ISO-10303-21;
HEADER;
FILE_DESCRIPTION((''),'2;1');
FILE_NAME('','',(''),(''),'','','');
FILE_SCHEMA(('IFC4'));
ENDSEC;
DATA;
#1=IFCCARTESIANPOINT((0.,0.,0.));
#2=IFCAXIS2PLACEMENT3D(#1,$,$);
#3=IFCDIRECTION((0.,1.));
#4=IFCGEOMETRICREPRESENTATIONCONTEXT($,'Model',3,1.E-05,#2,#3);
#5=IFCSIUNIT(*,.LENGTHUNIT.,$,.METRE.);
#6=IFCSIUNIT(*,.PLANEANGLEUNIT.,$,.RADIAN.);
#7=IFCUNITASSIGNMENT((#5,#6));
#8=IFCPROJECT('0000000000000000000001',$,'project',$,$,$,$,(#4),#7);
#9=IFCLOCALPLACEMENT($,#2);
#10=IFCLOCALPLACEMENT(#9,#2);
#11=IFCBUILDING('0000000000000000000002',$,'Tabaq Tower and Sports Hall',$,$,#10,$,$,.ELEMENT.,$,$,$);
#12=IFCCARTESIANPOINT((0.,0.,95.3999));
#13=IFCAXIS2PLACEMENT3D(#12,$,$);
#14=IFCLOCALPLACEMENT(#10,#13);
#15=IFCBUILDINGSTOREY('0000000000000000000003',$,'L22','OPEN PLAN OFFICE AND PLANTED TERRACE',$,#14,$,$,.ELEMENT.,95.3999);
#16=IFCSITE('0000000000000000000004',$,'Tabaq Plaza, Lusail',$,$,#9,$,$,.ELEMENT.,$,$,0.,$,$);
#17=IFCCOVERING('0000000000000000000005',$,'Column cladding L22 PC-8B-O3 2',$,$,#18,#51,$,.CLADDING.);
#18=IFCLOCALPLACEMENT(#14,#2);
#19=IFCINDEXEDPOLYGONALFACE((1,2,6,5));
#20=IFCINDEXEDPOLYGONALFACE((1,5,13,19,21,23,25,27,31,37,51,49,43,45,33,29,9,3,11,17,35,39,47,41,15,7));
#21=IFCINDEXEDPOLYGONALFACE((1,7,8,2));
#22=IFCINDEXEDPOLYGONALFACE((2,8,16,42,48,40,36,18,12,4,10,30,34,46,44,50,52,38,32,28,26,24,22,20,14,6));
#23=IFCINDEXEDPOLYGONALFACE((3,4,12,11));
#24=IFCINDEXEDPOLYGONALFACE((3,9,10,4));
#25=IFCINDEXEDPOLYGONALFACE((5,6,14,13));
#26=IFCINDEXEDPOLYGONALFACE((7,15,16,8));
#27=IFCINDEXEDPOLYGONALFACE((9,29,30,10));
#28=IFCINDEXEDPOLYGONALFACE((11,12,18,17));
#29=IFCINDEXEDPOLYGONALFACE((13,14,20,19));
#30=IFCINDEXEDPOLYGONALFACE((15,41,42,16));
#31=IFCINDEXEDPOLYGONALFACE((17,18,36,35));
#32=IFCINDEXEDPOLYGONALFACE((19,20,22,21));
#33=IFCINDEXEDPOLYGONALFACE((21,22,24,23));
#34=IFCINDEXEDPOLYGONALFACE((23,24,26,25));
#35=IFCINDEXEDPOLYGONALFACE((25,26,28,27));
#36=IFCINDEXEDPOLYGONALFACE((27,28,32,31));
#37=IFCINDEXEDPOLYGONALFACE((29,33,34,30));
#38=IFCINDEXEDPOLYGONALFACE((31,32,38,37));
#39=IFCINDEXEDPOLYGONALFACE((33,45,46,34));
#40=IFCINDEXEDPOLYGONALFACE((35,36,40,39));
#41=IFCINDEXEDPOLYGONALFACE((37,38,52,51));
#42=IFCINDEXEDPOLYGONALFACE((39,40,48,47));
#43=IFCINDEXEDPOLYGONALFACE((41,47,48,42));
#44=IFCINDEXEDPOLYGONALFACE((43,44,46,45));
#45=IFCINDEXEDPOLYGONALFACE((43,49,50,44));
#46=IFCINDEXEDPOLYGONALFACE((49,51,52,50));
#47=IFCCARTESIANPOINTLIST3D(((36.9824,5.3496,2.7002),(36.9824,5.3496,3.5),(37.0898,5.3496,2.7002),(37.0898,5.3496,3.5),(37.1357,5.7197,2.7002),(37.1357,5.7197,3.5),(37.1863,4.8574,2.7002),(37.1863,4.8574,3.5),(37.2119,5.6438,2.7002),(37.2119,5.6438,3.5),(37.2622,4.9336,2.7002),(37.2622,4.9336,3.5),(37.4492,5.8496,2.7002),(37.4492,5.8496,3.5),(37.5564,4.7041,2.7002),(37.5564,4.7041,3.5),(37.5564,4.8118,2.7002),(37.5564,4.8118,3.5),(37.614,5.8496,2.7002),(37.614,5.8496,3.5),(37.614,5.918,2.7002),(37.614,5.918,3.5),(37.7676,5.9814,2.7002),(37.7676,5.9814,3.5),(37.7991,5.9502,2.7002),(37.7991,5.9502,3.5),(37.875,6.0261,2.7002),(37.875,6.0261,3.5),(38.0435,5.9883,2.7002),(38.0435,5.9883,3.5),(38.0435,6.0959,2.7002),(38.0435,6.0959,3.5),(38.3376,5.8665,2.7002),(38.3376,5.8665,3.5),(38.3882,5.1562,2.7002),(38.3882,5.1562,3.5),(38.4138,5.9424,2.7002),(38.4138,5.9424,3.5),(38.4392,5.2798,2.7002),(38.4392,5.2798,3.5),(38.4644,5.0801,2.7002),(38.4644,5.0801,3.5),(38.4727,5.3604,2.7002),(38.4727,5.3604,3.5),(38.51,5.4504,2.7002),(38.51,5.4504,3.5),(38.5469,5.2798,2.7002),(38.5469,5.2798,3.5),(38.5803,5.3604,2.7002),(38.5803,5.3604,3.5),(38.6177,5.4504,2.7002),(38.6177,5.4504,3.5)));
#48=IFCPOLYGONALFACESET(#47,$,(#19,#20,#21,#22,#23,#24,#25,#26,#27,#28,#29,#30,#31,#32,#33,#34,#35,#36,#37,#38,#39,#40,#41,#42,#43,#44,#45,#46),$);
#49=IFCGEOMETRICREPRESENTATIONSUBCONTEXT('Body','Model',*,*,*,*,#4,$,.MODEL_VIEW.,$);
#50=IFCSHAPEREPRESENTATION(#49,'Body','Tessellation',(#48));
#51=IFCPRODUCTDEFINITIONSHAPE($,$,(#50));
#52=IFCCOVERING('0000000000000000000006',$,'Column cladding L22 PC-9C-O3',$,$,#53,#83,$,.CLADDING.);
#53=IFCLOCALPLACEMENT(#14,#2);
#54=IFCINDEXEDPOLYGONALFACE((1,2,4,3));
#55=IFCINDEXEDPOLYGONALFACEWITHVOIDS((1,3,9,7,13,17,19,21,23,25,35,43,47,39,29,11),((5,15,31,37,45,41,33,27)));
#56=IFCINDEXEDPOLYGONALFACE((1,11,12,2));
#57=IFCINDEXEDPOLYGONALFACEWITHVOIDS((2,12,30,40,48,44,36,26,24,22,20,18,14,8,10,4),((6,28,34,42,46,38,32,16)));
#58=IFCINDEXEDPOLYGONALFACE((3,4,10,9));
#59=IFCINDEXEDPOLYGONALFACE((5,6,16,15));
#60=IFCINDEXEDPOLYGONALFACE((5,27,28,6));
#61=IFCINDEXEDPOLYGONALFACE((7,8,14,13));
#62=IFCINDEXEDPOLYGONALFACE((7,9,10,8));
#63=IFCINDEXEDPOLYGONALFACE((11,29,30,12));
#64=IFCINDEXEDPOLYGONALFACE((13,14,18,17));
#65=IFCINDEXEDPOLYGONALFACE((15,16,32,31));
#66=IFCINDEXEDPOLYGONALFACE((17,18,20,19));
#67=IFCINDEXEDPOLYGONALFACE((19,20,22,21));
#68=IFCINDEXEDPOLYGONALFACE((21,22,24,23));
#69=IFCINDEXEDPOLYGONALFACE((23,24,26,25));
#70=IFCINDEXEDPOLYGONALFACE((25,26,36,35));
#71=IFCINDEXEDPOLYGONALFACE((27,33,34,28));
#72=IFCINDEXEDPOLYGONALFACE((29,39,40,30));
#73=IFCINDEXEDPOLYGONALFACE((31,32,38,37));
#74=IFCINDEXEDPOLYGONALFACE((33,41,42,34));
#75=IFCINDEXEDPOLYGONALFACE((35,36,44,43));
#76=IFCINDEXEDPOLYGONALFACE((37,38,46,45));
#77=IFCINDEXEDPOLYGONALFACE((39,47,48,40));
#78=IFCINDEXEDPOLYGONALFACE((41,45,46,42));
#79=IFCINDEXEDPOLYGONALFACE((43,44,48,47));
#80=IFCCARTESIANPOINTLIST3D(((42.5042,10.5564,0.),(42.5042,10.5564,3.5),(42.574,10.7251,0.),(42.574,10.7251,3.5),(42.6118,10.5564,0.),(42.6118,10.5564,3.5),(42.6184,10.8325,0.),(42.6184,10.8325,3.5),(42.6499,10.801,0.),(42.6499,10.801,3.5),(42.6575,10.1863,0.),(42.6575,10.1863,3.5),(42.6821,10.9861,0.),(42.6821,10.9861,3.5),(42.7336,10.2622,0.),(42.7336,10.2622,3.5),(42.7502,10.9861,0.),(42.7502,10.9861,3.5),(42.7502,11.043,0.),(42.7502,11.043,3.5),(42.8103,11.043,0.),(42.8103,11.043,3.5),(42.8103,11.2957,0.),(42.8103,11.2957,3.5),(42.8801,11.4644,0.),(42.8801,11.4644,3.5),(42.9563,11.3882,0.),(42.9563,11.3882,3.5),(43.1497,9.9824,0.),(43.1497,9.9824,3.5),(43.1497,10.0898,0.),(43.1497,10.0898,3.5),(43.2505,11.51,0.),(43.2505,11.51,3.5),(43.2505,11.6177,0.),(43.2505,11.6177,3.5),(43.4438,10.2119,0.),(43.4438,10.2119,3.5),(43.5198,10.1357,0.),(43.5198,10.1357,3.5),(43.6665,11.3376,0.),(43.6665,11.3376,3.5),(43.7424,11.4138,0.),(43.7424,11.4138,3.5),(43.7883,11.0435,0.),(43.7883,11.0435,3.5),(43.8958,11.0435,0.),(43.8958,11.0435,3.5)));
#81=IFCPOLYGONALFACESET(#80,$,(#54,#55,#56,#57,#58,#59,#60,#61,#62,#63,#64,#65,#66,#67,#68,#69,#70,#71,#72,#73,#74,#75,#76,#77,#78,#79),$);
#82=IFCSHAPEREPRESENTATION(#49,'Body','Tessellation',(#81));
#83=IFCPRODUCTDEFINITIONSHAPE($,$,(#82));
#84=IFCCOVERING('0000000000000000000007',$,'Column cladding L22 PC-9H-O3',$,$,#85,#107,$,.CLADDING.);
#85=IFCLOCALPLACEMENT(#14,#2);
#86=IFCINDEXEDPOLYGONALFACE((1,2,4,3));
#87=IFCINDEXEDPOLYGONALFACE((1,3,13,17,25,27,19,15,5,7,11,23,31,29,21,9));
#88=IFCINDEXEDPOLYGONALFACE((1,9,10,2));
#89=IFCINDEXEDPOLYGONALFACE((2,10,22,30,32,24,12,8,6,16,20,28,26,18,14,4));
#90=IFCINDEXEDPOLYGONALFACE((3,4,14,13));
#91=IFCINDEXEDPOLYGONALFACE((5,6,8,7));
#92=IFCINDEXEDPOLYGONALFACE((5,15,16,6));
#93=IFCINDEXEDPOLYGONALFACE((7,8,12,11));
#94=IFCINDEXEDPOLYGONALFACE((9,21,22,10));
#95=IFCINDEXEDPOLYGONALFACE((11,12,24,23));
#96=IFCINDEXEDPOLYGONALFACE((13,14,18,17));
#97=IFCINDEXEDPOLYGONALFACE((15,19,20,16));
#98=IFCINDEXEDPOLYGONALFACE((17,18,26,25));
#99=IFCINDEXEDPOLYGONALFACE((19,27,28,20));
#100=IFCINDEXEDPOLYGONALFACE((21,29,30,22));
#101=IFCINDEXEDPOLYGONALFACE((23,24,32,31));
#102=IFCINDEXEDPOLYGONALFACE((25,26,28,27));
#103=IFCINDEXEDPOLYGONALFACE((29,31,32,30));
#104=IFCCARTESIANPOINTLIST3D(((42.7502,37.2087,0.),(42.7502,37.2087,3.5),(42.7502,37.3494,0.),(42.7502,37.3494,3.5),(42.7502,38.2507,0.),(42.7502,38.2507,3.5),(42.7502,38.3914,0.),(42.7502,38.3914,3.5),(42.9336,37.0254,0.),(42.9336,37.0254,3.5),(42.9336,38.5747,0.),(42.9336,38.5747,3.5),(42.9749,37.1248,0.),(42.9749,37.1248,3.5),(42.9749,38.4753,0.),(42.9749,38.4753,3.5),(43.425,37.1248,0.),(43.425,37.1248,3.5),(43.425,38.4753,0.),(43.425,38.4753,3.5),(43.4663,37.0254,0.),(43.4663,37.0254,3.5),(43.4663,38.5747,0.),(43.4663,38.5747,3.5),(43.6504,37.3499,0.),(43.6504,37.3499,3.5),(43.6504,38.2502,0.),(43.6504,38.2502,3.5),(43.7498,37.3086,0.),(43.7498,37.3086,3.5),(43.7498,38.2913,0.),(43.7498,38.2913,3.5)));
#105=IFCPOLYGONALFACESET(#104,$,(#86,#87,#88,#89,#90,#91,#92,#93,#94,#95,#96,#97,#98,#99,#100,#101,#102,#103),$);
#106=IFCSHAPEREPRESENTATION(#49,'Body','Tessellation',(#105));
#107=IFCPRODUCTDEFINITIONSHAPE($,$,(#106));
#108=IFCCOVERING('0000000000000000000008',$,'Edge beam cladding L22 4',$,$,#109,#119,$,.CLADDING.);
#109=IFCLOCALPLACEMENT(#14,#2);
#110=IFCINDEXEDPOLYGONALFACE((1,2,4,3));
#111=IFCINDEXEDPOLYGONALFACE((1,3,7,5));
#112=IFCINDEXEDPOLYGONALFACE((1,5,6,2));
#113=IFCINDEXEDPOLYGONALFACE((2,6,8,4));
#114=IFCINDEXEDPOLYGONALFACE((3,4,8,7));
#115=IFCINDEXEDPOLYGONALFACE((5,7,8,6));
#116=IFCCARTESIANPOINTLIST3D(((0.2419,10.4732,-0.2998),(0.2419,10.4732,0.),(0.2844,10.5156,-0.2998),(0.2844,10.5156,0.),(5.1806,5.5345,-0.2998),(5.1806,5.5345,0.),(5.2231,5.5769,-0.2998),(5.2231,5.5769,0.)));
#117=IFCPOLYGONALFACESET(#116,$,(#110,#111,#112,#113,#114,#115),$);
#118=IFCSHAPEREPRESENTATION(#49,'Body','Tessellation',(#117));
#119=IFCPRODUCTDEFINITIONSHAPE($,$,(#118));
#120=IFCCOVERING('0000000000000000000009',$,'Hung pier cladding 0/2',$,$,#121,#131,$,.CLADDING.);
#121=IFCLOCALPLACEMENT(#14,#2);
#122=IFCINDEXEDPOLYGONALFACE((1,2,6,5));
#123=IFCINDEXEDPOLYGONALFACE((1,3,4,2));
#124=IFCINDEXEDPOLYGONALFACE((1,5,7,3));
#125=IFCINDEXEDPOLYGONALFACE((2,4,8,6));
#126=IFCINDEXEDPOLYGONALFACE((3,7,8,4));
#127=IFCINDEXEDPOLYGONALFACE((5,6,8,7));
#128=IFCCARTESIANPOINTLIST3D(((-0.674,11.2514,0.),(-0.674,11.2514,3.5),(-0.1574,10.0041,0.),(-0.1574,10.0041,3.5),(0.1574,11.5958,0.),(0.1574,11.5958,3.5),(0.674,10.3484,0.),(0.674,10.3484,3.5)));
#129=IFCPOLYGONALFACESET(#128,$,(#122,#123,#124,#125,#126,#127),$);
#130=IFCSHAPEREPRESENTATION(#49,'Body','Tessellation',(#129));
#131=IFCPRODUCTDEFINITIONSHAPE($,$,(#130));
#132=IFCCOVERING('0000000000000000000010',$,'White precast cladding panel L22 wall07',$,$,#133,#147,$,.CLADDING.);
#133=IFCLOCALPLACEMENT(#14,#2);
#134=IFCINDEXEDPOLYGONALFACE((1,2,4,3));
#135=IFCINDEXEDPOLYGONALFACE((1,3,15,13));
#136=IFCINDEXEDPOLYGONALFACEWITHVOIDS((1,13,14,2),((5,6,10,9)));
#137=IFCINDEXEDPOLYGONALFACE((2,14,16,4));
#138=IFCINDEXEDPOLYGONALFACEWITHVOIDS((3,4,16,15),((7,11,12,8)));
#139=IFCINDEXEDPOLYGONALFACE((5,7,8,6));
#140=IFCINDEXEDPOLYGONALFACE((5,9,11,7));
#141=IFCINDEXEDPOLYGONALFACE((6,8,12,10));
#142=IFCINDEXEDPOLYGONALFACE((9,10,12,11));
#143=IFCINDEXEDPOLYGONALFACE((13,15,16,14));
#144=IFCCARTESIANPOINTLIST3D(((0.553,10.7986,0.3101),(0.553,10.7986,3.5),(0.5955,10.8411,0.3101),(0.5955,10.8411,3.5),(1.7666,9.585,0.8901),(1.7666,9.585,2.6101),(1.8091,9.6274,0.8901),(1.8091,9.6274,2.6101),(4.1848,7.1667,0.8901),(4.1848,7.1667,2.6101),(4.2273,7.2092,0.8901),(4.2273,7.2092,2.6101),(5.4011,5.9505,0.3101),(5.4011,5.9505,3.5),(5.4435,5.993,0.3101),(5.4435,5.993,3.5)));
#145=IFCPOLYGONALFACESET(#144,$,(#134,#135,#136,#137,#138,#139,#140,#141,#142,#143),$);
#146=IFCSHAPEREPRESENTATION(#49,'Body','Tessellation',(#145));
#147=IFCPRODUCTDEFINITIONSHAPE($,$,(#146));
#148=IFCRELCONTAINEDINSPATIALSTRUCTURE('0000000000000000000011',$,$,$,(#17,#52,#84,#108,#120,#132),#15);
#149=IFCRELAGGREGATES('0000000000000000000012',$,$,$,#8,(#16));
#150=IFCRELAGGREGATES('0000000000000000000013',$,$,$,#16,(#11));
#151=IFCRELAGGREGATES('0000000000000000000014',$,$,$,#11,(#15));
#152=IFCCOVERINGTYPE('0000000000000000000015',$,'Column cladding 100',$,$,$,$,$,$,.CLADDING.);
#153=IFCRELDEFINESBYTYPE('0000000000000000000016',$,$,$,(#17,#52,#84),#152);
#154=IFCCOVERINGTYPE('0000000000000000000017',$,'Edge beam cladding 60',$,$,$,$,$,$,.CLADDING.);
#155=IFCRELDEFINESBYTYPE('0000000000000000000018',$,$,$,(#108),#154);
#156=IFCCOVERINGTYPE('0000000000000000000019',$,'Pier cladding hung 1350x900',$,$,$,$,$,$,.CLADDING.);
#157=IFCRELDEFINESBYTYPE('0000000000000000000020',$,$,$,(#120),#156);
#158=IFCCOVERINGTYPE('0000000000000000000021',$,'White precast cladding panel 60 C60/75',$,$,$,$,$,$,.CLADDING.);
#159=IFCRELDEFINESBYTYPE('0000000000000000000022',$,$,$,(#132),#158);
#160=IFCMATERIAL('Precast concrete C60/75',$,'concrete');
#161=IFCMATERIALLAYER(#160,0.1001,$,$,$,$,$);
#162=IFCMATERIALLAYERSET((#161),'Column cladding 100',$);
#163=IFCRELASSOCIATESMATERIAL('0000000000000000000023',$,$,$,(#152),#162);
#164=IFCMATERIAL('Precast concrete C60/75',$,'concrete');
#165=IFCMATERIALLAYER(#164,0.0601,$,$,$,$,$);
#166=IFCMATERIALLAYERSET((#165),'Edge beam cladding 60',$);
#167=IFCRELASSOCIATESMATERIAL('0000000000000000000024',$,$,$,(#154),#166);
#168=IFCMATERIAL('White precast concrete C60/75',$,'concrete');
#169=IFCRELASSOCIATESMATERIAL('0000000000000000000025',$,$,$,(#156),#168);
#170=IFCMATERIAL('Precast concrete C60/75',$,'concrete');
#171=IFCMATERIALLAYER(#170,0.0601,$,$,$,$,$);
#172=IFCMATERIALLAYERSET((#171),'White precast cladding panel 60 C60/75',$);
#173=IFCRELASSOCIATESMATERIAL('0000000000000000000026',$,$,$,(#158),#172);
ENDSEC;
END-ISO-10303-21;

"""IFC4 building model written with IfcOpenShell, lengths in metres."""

from ifc_helpers import new_model, si_unit, direction, frame, frame_2d, origin, place, context, subcontext, project, spatial, polyline, rectangle, outline, extrude, material, layer, layer_set, type_object, element, save


model = new_model("IFC4")

# Units and contexts
model_context = context("Model", 3, precision=1e-05, world=origin(), true_north=direction((0.0, 1.0)))
body_context = subcontext(model_context, "Body", "Model", "MODEL_VIEW")
ifc_project = project(units=[si_unit("LENGTHUNIT", "METRE"), si_unit("PLANEANGLEUNIT", "RADIAN")], contexts=[model_context])

# Site, building, storey
site_placement = place(None, origin())
site = spatial("IfcSite", under=ifc_project, at=site_placement, Name="Tabaq Plaza, Lusail", CompositionType="ELEMENT", RefElevation=0.0)
building_placement = place(site_placement, origin())
building = spatial("IfcBuilding", under=site, at=building_placement, Name="Tabaq Tower and Sports Hall", CompositionType="ELEMENT")
storey_placement = place(building_placement, frame((0.0, 0.0, 95.3999)))
storey = spatial("IfcBuildingStorey", under=building, at=storey_placement, Name="L22", Description="OPEN PLAN OFFICE AND PLANTED TERRACE", CompositionType="ELEMENT", Elevation=95.3999)

# Coverings
ifc_material_1 = material(Name="Precast concrete C60/75", Category="concrete")
ifc_layer_1 = layer(ifc_material_1, 0.1001)
ifc_layer_set_1 = layer_set([ifc_layer_1], Name="Column cladding 100")
covering_type_1 = type_object("IfcCoveringType", Name="Column cladding 100", PredefinedType="CLADDING", material=ifc_layer_set_1)
covering_1_placement = place(storey_placement, frame((0.0, 0.0, 2.7002)))
element("IfcCovering", 1, at=covering_1_placement, inside=storey, type_object=covering_type_1, Name="Column cladding L22 PC-8B-O3 2", PredefinedType="CLADDING", context=body_context, shape_type="SweptSolid", body=[
    extrude(outline(polyline([(36.9824, 5.3496), (37.1357, 5.7197), (37.4492, 5.8496), (37.614, 5.8496), (37.614, 5.918), (37.7676, 5.9814), (37.7991, 5.9502), (37.875, 6.0261), (38.0435, 6.0959), (38.4138, 5.9424), (38.6177, 5.4504), (38.5803, 5.3604), (38.4727, 5.3604), (38.51, 5.4504), (38.3376, 5.8665), (38.0435, 5.9883), (37.2119, 5.6438), (37.0898, 5.3496), (37.2622, 4.9336), (37.5564, 4.8118), (38.3882, 5.1562), (38.4392, 5.2798), (38.5469, 5.2798), (38.4644, 5.0801), (37.5564, 4.7041), (37.1863, 4.8574), (36.9824, 5.3496)])), origin(), (0.0, 0.0, 1.0), 0.7998),
])
covering_2_placement = place(storey_placement, origin())
element("IfcCovering", 2, at=covering_2_placement, inside=storey, type_object=covering_type_1, Name="Column cladding L22 PC-9C-O3", PredefinedType="CLADDING", context=body_context, shape_type="SweptSolid", body=[
    extrude(outline(polyline([(42.6575, 10.1863), (42.5042, 10.5564), (42.574, 10.7251), (42.6499, 10.801), (42.6184, 10.8325), (42.6821, 10.9861), (42.7502, 10.9861), (42.7502, 11.043), (42.8103, 11.043), (42.8103, 11.2957), (42.8801, 11.4644), (43.2505, 11.6177), (43.7424, 11.4138), (43.8958, 11.0435), (43.5198, 10.1357), (43.1497, 9.9824), (42.6575, 10.1863)]), holes=[polyline([(43.6665, 11.3376), (43.2505, 11.51), (42.9563, 11.3882), (42.6118, 10.5564), (42.7336, 10.2622), (43.1497, 10.0898), (43.4438, 10.2119), (43.7883, 11.0435), (43.6665, 11.3376)])]), origin(), (0.0, 0.0, 1.0), 3.5),
])
covering_3_placement = place(storey_placement, origin())
element("IfcCovering", 3, at=covering_3_placement, inside=storey, type_object=covering_type_1, Name="Column cladding L22 PC-9H-O3", PredefinedType="CLADDING", context=body_context, shape_type="SweptSolid", body=[
    extrude(outline(polyline([(42.9336, 37.0254), (42.7502, 37.2087), (42.7502, 37.3494), (42.9749, 37.1248), (43.425, 37.1248), (43.6504, 37.3499), (43.6504, 38.2502), (43.425, 38.4753), (42.9749, 38.4753), (42.7502, 38.2507), (42.7502, 38.3914), (42.9336, 38.5747), (43.4663, 38.5747), (43.7498, 38.2913), (43.7498, 37.3086), (43.4663, 37.0254), (42.9336, 37.0254)])), origin(), (0.0, 0.0, 1.0), 3.5),
])
ifc_material_2 = material(Name="Precast concrete C60/75", Category="concrete")
ifc_layer_2 = layer(ifc_material_2, 0.0601)
ifc_layer_set_2 = layer_set([ifc_layer_2], Name="Edge beam cladding 60")
covering_type_2 = type_object("IfcCoveringType", Name="Edge beam cladding 60", PredefinedType="CLADDING", material=ifc_layer_set_2)
covering_4_placement = place(storey_placement, frame((0.2632, 10.4944, -0.2998), z_axis=(0.0, 0.0, 1.0), x_axis=(0.707107, -0.707107, 0.0)))
element("IfcCovering", 4, at=covering_4_placement, inside=storey, type_object=covering_type_2, Name="Edge beam cladding L22 4", PredefinedType="CLADDING", context=body_context, shape_type="SweptSolid", body=[
    extrude(rectangle(XDim=6.9844, YDim=0.0601, at=frame_2d((3.4922, 0.0))), origin(), (0.0, 0.0, 1.0), 0.2998),
])
ifc_material_3 = material(Name="White precast concrete C60/75", Category="concrete")
covering_type_3 = type_object("IfcCoveringType", Name="Pier cladding hung 1350x900", PredefinedType="CLADDING", material=ifc_material_3)
covering_5_placement = place(storey_placement, frame((-0.2583, 11.4236, 0.0), z_axis=(0.0, 0.0, 1.0), x_axis=(0.38265, -0.923893, 0.0)))
element("IfcCovering", 5, at=covering_5_placement, inside=storey, type_object=covering_type_3, Name="Hung pier cladding 0/2", PredefinedType="CLADDING", context=body_context, shape_type="SweptSolid", body=[
    extrude(rectangle(XDim=1.3501, YDim=0.8999, at=frame_2d((0.675, 0.0))), origin(), (0.0, 0.0, 1.0), 3.5),
])
ifc_material_4 = material(Name="Precast concrete C60/75", Category="concrete")
ifc_layer_3 = layer(ifc_material_4, 0.0601)
ifc_layer_set_3 = layer_set([ifc_layer_3], Name="White precast cladding panel 60 C60/75")
covering_type_4 = type_object("IfcCoveringType", Name="White precast cladding panel 60 C60/75", PredefinedType="CLADDING", material=ifc_layer_set_3)
covering_6_placement = place(storey_placement, frame((0.5742, 10.8198, 0.3101), z_axis=(0.0, 0.0, 1.0), x_axis=(0.707107, -0.707107, 0.0)))
element("IfcCovering", 6, at=covering_6_placement, inside=storey, type_object=covering_type_4, Name="White precast cladding panel L22 wall07", PredefinedType="CLADDING", context=body_context, shape_type="SweptSolid", body=[
    extrude(outline(polyline([(0.0, 0.0), (6.8562, 0.0), (6.8562, 3.1899), (0.0, 3.1899), (0.0, 0.0)]), holes=[polyline([(1.7163, 0.5801), (1.7163, 2.3), (5.1362, 2.3), (5.1362, 0.5801), (1.7163, 0.5801)])]), frame((0.0, 0.03, 0.0), z_axis=(0.0, -1.0, 0.0), x_axis=(1.0, 0.0, 0.0)), (0.0, 0.0, 1.0), 0.0601),
])

save(model, "model.ifc")
